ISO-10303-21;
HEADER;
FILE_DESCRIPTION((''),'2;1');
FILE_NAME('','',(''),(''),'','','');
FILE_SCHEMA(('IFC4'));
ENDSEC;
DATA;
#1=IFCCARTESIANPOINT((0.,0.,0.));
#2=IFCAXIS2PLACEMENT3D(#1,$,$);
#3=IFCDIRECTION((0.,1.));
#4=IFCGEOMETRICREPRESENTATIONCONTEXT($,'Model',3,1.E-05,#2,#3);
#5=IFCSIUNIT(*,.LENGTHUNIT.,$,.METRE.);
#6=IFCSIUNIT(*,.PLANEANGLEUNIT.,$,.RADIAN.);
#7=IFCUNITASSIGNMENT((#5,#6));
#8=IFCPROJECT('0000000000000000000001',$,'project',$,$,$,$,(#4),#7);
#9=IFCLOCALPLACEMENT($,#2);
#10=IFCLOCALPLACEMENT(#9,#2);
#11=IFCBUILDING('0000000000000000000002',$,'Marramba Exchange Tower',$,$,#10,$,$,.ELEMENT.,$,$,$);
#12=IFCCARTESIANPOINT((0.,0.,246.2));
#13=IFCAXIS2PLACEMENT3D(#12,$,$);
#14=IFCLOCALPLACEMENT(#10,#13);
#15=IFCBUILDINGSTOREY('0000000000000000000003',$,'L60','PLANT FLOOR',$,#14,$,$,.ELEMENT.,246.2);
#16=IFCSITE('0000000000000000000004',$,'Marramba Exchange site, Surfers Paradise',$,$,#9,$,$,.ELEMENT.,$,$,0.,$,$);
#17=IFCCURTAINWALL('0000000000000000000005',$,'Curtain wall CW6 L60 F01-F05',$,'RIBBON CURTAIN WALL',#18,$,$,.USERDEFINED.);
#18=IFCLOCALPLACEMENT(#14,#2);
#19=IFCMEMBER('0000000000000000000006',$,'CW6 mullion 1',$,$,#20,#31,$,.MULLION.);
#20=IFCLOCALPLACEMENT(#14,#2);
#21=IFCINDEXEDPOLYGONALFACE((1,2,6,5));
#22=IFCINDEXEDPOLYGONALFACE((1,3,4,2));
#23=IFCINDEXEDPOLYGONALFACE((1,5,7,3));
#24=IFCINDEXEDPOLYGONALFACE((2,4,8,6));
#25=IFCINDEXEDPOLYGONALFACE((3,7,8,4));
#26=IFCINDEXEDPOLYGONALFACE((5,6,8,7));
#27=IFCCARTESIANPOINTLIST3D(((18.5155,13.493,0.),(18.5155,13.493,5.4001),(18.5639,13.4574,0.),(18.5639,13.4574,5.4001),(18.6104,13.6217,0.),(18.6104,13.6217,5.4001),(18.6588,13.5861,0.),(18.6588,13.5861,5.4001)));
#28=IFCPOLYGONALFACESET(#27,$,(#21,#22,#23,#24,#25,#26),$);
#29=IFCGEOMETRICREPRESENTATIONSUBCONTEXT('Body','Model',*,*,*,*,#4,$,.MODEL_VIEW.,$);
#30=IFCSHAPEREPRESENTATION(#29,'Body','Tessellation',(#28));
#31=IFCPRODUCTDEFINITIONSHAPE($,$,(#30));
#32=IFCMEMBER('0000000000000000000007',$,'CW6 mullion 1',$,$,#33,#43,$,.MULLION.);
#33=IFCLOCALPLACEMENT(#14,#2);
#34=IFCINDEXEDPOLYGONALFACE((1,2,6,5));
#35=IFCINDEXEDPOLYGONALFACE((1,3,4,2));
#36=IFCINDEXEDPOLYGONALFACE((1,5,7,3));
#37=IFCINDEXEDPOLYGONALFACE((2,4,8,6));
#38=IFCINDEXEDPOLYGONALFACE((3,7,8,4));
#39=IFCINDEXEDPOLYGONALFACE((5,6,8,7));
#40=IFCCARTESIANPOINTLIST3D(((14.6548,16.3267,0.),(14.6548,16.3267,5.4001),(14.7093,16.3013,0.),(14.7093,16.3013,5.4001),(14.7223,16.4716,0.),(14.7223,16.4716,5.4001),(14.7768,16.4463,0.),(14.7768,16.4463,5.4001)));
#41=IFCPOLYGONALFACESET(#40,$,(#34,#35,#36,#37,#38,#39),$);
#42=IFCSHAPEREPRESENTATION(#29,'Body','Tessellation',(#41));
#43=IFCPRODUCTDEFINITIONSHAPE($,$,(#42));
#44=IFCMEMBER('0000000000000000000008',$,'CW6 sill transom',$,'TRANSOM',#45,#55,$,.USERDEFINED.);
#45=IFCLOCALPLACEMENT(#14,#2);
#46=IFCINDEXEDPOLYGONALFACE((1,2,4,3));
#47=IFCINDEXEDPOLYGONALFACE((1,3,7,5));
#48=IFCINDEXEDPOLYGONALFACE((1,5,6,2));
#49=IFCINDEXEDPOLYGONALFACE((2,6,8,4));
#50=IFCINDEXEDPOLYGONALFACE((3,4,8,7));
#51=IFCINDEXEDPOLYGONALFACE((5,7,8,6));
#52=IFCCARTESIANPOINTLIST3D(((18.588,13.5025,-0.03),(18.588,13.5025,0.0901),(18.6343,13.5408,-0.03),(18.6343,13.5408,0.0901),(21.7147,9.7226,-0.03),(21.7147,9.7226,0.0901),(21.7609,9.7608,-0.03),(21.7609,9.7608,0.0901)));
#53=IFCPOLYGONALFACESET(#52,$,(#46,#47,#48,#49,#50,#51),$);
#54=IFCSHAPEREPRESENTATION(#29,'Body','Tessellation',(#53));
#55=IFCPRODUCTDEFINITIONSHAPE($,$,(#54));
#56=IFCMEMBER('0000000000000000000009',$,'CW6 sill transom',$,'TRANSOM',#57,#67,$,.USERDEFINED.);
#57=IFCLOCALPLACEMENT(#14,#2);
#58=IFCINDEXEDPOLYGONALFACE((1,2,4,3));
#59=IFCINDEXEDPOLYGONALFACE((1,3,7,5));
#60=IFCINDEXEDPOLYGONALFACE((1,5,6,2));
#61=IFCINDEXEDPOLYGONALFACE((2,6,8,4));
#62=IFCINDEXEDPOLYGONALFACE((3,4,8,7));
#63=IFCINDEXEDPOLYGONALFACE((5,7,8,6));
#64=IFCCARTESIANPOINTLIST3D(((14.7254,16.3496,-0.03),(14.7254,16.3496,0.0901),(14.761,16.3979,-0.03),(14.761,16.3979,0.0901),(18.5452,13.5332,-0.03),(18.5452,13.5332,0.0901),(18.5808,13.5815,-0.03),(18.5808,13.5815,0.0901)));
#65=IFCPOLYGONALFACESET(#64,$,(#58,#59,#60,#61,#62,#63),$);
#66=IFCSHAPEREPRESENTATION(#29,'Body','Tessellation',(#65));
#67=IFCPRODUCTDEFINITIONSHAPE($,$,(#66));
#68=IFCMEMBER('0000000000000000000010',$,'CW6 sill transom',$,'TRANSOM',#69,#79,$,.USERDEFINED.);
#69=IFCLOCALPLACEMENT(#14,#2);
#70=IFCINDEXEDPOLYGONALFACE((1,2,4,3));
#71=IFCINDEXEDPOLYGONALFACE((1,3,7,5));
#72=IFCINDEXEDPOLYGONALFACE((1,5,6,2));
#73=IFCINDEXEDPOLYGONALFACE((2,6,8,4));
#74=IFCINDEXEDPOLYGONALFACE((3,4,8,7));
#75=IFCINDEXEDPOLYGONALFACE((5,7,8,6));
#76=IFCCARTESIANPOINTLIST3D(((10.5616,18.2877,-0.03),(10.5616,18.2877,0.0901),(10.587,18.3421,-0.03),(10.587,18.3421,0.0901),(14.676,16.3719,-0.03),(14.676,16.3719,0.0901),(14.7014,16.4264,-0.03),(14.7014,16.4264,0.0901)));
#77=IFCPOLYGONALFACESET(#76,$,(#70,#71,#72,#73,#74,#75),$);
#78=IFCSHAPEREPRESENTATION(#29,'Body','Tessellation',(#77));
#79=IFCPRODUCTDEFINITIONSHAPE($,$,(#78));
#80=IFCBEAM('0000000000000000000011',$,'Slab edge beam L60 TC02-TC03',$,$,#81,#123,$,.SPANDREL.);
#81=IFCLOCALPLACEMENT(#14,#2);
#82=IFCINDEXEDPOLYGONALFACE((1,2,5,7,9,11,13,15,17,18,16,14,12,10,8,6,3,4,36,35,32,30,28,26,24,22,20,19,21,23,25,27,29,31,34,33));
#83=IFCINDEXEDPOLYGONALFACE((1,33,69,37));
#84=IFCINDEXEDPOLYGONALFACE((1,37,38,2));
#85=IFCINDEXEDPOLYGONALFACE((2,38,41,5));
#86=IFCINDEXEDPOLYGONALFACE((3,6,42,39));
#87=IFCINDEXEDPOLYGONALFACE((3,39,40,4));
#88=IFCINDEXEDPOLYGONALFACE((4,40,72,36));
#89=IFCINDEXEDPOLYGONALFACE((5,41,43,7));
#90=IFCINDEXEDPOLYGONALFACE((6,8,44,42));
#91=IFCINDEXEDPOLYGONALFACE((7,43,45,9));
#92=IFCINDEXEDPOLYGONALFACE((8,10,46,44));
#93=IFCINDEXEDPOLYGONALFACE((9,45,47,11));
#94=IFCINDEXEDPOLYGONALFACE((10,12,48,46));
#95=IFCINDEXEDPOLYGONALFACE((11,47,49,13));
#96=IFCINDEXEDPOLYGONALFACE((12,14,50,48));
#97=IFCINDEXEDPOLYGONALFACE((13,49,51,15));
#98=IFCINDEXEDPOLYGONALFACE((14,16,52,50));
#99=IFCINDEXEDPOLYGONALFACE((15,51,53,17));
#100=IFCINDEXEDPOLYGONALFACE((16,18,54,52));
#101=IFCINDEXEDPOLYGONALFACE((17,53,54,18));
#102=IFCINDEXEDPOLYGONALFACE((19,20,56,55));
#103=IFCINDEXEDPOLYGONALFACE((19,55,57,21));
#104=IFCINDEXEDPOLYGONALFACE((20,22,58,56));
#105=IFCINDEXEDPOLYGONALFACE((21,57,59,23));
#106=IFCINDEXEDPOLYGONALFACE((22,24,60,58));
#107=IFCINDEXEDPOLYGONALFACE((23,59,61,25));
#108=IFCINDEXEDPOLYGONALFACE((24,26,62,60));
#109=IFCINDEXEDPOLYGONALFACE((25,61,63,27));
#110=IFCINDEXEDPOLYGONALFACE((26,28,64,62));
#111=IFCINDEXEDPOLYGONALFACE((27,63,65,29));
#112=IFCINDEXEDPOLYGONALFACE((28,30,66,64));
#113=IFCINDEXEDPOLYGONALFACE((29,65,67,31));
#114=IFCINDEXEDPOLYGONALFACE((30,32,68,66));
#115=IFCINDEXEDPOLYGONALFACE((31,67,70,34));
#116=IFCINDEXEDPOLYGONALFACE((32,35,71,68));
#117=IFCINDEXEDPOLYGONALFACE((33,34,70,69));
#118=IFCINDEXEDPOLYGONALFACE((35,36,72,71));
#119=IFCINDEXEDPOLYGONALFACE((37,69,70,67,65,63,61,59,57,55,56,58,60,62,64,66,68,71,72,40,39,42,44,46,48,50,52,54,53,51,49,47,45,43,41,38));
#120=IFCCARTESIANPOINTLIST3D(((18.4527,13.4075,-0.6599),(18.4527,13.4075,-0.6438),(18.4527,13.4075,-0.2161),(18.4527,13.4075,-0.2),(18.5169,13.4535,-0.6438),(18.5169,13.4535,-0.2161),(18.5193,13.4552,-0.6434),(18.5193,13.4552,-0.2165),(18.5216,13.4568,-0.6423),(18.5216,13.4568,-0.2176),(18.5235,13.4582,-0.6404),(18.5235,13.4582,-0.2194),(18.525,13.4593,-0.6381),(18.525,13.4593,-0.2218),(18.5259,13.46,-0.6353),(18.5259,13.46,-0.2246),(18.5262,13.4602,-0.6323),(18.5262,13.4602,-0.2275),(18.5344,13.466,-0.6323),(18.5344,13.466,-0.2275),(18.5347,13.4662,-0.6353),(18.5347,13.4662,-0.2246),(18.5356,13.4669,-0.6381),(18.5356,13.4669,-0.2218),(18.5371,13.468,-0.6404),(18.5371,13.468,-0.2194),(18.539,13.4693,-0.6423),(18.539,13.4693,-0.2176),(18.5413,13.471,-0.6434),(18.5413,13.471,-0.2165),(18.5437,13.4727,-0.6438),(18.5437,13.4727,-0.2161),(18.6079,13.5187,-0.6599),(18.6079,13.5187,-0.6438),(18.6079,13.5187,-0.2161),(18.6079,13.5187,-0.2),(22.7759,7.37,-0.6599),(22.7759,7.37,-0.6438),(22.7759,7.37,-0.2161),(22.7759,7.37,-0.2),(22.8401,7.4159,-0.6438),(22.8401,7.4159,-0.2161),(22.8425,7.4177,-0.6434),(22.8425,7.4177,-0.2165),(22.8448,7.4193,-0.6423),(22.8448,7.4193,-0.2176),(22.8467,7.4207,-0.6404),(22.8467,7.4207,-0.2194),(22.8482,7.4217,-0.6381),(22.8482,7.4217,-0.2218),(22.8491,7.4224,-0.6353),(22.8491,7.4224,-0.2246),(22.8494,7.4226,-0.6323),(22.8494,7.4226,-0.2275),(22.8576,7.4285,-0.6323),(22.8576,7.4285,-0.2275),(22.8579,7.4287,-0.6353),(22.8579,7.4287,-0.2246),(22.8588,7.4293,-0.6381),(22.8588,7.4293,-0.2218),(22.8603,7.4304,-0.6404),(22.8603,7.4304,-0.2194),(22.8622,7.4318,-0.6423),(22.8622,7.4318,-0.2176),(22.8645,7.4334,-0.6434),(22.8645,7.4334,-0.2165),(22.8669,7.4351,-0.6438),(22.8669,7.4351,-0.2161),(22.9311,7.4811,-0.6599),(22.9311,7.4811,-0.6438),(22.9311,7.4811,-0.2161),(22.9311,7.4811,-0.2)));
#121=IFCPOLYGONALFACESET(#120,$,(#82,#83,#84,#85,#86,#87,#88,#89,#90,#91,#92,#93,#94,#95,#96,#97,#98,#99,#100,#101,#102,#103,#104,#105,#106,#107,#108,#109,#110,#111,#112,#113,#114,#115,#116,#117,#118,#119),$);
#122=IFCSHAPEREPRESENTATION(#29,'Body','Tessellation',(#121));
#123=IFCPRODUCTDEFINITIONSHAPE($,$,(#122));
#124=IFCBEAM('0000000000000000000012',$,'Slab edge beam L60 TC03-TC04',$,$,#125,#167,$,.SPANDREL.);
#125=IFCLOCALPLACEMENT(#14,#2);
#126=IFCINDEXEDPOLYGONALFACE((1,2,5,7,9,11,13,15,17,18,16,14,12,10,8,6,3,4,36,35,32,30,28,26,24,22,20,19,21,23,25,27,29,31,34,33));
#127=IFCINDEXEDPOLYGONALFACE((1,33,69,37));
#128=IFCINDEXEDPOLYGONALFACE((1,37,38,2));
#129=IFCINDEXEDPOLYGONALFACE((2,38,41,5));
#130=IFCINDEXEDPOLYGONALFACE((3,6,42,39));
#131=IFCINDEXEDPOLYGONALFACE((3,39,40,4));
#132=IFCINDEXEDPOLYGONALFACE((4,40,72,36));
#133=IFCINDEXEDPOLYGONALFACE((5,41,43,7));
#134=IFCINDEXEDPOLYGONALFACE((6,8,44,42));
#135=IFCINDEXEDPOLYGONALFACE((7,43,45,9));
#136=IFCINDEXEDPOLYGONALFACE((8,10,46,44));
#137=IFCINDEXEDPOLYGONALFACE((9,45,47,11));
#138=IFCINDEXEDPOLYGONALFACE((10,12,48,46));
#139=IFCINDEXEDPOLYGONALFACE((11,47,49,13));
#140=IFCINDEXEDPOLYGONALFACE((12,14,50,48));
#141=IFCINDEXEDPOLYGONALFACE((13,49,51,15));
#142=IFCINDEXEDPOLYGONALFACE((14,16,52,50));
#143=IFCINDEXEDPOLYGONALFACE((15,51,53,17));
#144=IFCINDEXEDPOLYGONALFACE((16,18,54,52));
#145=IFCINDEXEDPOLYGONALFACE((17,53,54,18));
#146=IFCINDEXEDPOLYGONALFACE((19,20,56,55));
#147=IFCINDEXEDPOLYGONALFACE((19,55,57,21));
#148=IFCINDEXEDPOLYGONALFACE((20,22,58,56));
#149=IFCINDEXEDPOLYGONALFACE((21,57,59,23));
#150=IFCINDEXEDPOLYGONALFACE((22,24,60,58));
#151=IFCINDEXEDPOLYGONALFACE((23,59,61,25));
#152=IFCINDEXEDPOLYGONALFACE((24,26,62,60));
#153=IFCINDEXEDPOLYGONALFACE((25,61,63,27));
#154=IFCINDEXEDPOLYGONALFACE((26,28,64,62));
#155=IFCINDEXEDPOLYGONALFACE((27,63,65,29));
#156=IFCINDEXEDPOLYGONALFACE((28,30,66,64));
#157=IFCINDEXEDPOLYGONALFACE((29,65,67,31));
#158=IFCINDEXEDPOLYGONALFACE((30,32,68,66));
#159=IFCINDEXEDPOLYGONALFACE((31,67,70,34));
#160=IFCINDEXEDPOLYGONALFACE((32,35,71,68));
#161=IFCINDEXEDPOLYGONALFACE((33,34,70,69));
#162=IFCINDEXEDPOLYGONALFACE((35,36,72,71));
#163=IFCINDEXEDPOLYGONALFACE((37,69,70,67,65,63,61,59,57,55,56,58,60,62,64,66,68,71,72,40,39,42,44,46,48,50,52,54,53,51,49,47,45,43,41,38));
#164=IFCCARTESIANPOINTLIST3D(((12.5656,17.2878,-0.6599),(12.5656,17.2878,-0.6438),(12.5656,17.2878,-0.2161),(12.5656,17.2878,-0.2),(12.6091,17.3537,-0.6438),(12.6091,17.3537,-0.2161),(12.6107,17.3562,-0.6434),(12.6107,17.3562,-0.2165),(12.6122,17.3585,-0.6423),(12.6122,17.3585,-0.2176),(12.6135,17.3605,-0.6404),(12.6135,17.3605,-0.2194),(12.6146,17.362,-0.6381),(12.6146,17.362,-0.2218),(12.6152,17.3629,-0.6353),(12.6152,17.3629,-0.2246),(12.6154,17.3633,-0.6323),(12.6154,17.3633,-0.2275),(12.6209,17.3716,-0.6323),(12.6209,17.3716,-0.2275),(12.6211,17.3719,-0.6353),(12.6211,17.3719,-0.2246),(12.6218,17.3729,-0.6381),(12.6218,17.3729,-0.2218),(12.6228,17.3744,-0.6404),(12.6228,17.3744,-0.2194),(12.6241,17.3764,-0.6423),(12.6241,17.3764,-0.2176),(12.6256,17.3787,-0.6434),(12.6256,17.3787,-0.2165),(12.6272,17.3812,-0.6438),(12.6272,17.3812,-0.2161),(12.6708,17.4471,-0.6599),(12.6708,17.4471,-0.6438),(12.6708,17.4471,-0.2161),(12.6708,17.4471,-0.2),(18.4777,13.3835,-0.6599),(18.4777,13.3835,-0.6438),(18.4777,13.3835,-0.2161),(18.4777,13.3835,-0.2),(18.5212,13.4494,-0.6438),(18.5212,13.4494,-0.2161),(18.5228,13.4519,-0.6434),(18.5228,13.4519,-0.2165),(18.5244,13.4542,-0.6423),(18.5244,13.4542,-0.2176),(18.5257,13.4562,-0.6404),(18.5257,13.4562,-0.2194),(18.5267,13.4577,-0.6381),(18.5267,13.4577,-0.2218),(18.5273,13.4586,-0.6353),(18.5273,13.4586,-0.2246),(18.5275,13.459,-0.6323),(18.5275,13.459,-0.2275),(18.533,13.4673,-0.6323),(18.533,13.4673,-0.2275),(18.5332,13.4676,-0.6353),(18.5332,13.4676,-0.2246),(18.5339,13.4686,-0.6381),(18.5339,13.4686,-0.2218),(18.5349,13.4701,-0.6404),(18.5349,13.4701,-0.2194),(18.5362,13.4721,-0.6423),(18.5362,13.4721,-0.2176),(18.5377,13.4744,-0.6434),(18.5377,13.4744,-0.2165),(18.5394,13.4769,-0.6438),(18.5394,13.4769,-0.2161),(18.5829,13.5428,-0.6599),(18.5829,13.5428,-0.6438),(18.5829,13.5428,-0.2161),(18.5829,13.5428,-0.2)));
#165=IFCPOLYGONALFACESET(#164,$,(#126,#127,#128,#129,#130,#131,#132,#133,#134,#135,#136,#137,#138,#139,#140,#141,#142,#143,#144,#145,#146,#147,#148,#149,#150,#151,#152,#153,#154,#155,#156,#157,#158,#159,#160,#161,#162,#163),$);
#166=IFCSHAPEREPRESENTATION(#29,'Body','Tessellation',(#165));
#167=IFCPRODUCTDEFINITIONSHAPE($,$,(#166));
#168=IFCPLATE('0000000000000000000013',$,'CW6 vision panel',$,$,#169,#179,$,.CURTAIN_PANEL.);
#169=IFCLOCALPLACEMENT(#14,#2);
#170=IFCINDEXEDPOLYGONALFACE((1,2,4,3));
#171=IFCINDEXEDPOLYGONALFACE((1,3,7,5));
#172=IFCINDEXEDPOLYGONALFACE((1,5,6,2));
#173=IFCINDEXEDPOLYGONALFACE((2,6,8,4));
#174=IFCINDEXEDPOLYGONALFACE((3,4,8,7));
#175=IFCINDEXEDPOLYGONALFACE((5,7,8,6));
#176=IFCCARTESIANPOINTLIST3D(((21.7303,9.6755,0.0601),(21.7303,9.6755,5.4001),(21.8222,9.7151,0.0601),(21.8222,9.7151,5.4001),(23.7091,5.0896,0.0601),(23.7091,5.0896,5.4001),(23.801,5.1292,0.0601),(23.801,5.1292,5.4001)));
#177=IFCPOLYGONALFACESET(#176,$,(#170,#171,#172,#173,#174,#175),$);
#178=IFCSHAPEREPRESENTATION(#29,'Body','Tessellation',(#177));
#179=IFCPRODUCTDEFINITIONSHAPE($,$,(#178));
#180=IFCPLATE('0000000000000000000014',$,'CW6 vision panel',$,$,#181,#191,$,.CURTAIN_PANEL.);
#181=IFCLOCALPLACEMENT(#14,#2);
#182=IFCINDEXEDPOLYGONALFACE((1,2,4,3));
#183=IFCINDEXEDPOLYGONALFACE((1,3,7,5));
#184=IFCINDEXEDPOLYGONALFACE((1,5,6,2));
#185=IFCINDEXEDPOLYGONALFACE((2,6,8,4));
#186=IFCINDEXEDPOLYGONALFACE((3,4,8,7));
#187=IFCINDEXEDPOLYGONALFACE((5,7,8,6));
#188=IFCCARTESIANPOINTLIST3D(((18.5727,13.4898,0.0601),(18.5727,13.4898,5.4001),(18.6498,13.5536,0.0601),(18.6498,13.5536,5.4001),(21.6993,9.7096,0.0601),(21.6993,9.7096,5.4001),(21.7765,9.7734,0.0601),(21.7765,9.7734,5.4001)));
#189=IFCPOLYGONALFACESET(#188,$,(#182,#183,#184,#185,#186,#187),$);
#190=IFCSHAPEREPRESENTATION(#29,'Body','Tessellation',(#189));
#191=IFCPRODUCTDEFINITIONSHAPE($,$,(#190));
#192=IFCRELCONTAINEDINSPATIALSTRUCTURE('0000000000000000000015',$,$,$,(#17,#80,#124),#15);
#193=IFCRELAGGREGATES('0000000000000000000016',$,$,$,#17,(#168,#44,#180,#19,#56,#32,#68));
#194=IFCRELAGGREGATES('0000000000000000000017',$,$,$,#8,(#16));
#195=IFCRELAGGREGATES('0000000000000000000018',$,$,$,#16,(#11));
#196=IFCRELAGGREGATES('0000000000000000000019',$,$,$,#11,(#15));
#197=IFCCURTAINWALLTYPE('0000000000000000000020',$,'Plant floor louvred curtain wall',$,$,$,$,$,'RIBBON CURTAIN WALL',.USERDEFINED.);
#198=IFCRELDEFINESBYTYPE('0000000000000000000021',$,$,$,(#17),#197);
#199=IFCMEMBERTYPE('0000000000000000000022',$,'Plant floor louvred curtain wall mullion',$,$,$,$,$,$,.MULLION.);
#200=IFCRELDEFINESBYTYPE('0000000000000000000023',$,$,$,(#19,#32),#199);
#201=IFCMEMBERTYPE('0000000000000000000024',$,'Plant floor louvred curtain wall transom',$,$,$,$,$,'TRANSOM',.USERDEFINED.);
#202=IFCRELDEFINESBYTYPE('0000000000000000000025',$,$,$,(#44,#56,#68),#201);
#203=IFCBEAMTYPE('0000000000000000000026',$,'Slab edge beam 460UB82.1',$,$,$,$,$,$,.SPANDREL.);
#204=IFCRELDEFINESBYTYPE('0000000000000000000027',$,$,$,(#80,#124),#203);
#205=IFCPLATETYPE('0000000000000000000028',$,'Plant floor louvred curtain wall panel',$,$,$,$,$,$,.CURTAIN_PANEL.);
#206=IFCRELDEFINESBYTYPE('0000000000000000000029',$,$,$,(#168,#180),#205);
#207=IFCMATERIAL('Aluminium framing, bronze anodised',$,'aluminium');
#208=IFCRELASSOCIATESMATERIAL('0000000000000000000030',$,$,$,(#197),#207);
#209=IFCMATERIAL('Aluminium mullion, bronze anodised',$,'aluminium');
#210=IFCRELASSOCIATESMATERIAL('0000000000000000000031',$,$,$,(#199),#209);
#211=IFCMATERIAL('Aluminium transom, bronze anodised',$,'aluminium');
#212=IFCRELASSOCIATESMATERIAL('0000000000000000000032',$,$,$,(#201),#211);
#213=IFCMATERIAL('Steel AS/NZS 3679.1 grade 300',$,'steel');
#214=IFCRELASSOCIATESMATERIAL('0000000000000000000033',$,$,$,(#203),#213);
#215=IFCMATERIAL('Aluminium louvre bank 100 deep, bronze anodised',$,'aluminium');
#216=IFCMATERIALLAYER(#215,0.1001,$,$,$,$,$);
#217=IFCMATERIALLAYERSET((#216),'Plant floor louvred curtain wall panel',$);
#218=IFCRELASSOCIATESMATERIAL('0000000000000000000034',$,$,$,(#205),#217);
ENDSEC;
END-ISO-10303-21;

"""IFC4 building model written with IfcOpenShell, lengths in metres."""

from ifc_helpers import new_model, si_unit, direction, frame, origin, origin_2d, place, context, subcontext, project, spatial, rectangle, i_section, extrude, material, layer, layer_set, material_profile, profile_set, type_object, element, aggregate, save


model = new_model("IFC4")

# Units and contexts
model_context = context("Model", 3, precision=1e-05, world=origin(), true_north=direction((0.0, 1.0)))
body_context = subcontext(model_context, "Body", "Model", "MODEL_VIEW")
ifc_project = project(units=[si_unit("LENGTHUNIT", "METRE"), si_unit("PLANEANGLEUNIT", "RADIAN")], contexts=[model_context])

# Site, building, storey
site_placement = place(None, origin())
site = spatial("IfcSite", under=ifc_project, at=site_placement, Name="Marramba Exchange site, Surfers Paradise", CompositionType="ELEMENT", RefElevation=0.0)
building_placement = place(site_placement, origin())
building = spatial("IfcBuilding", under=site, at=building_placement, Name="Marramba Exchange Tower", CompositionType="ELEMENT")
storey_placement = place(building_placement, frame((0.0, 0.0, 246.2)))
storey = spatial("IfcBuildingStorey", under=building, at=storey_placement, Name="L60", Description="PLANT FLOOR", CompositionType="ELEMENT", Elevation=246.2)

# Shared definitions
ifc_material_1 = material(Name="Steel AS/NZS 3679.1 grade 300", Category="steel")

# Curtain wall, members
ifc_material_2 = material(Name="Aluminium framing, bronze anodised", Category="aluminium")
curtain_wall_type = type_object("IfcCurtainWallType", Name="Plant floor louvred curtain wall", ElementType="RIBBON CURTAIN WALL", PredefinedType="USERDEFINED", material=ifc_material_2)
curtain_wall_placement = place(storey_placement, origin())
curtain_wall = element("IfcCurtainWall", 1, at=curtain_wall_placement, inside=storey, type_object=curtain_wall_type, Name="Curtain wall CW6 L60 F01-F05", ObjectType="RIBBON CURTAIN WALL", PredefinedType="USERDEFINED")
ifc_material_3 = material(Name="Aluminium mullion, bronze anodised", Category="aluminium")
ifc_material_profile_1 = material_profile(ifc_material_3, rectangle(XDim=0.1599, YDim=0.0601, at=origin_2d()), Name="CW6 mullion 60x160")
ifc_profile_set_1 = profile_set([ifc_material_profile_1], Name="Aluminium mullion, bronze anodised")
member_type_1 = type_object("IfcMemberType", Name="Plant floor louvred curtain wall mullion", PredefinedType="MULLION", material=ifc_profile_set_1)
member_1_placement = place(storey_placement, frame((18.5872, 13.5396, 0.0), z_axis=(0.0, 0.0, 1.0), x_axis=(-0.593441, -0.804877, 0.0)))
member_1 = element("IfcMember", 2, at=member_1_placement, type_object=member_type_1, Name="CW6 mullion 1", PredefinedType="MULLION", context=body_context, shape_type="SweptSolid", body=[
    extrude(rectangle(XDim=0.1599, YDim=0.0601, at=origin_2d()), origin(), (0.0, 0.0, 1.0), 5.4001),
])
member_2_placement = place(storey_placement, frame((14.7158, 16.3865, 0.0), z_axis=(0.0, 0.0, 1.0), x_axis=(-0.422133, -0.906534, 0.0)))
member_2 = element("IfcMember", 3, at=member_2_placement, type_object=member_type_1, Name="CW6 mullion 1", PredefinedType="MULLION", context=body_context, shape_type="SweptSolid", body=[
    extrude(rectangle(XDim=0.1599, YDim=0.0601, at=origin_2d()), origin(), (0.0, 0.0, 1.0), 5.4001),
])
ifc_material_4 = material(Name="Aluminium transom, bronze anodised", Category="aluminium")
ifc_material_profile_2 = material_profile(ifc_material_4, rectangle(XDim=0.0601, YDim=0.1201, at=origin_2d()), Name="CW6 transom 60x120")
ifc_profile_set_2 = profile_set([ifc_material_profile_2], Name="Aluminium transom, bronze anodised")
member_type_2 = type_object("IfcMemberType", Name="Plant floor louvred curtain wall transom", ElementType="TRANSOM", PredefinedType="USERDEFINED", material=ifc_profile_set_2)
member_3_placement = place(storey_placement, frame((21.7378, 9.7417, 0.03), z_axis=(-0.637375, 0.770554, 0.0), x_axis=(-0.770554, -0.637375, 0.0)))
member_3 = element("IfcMember", 4, at=member_3_placement, type_object=member_type_2, Name="CW6 sill transom", ObjectType="TRANSOM", PredefinedType="USERDEFINED", context=body_context, shape_type="SweptSolid", body=[
    extrude(rectangle(XDim=0.0601, YDim=0.1201, at=origin_2d()), origin(), (0.0, 0.0, 1.0), 4.9055),
])
member_4_placement = place(storey_placement, frame((18.563, 13.5574, 0.03), z_axis=(-0.804875, 0.593445, 0.0), x_axis=(-0.593445, -0.804875, 0.0)))
member_4 = element("IfcMember", 5, at=member_4_placement, type_object=member_type_2, Name="CW6 sill transom", ObjectType="TRANSOM", PredefinedType="USERDEFINED", context=body_context, shape_type="SweptSolid", body=[
    extrude(rectangle(XDim=0.0601, YDim=0.1201, at=origin_2d()), origin(), (0.0, 0.0, 1.0), 4.7458),
])
member_5_placement = place(storey_placement, frame((14.6887, 16.3992, 0.03), z_axis=(-0.906548, 0.422102, 0.0), x_axis=(-0.422102, -0.906548, 0.0)))
member_5 = element("IfcMember", 6, at=member_5_placement, type_object=member_type_2, Name="CW6 sill transom", ObjectType="TRANSOM", PredefinedType="USERDEFINED", context=body_context, shape_type="SweptSolid", body=[
    extrude(rectangle(XDim=0.0601, YDim=0.1201, at=origin_2d()), origin(), (0.0, 0.0, 1.0), 4.5386),
])

# Beams
ifc_material_profile_3 = material_profile(ifc_material_1, i_section(OverallWidth=0.1909, OverallDepth=0.46, WebThickness=0.01, FlangeThickness=0.0161, FilletRadius=0.0115, at=origin_2d()), Name="460UB82.1")
ifc_profile_set_3 = profile_set([ifc_material_profile_3], Name="Steel AS/NZS 3679.1 grade 300")
beam_type_1 = type_object("IfcBeamType", Name="Slab edge beam 460UB82.1", PredefinedType="SPANDREL", material=ifc_profile_set_3)
beam_1_placement = place(storey_placement, frame((22.8535, 7.4255, -0.4299), z_axis=(-0.582189, 0.813053, 0.0), x_axis=(-0.813053, -0.582189, 0.0)))
element("IfcBeam", 7, at=beam_1_placement, inside=storey, type_object=beam_type_1, Name="Slab edge beam L60 TC02-TC03", PredefinedType="SPANDREL", context=body_context, shape_type="SweptSolid", body=[
    extrude(i_section(OverallWidth=0.1909, OverallDepth=0.46, WebThickness=0.01, FlangeThickness=0.0161, FilletRadius=0.0115, at=origin_2d()), origin(), (0.0, 0.0, 1.0), 7.4258),
])
beam_2_placement = place(storey_placement, frame((18.5303, 13.4631, -0.4299), z_axis=(-0.83446, 0.551069, 0.0), x_axis=(-0.551069, -0.83446, 0.0)))
element("IfcBeam", 8, at=beam_2_placement, inside=storey, type_object=beam_type_1, Name="Slab edge beam L60 TC03-TC04", PredefinedType="SPANDREL", context=body_context, shape_type="SweptSolid", body=[
    extrude(i_section(OverallWidth=0.1909, OverallDepth=0.46, WebThickness=0.01, FlangeThickness=0.0161, FilletRadius=0.0115, at=origin_2d()), origin(), (0.0, 0.0, 1.0), 7.085),
])

# Plates
ifc_material_5 = material(Name="Aluminium louvre bank 100 deep, bronze anodised", Category="aluminium")
ifc_layer_1 = layer(ifc_material_5, 0.1001)
ifc_layer_set_1 = layer_set([ifc_layer_1], Name="Plant floor louvred curtain wall panel")
plate_type = type_object("IfcPlateType", Name="Plant floor louvred curtain wall panel", PredefinedType="CURTAIN_PANEL", material=ifc_layer_set_1)
plate_1_placement = place(storey_placement, frame((22.7656, 7.4023, 0.0601), z_axis=(0.0, 0.0, 1.0), x_axis=(-0.396193, 0.918167, 0.0)))
plate_1 = element("IfcPlate", 9, at=plate_1_placement, type_object=plate_type, Name="CW6 vision panel", PredefinedType="CURTAIN_PANEL", context=body_context, shape_type="SweptSolid", body=[
    extrude(rectangle(XDim=4.9946, YDim=0.1001, at=origin_2d()), origin(), (0.0, 0.0, 1.0), 5.3401),
])
plate_2_placement = place(storey_placement, frame((20.1746, 11.6316, 0.0601), z_axis=(0.0, 0.0, 1.0), x_axis=(-0.63735, 0.770574, 0.0)))
plate_2 = element("IfcPlate", 10, at=plate_2_placement, type_object=plate_type, Name="CW6 vision panel", PredefinedType="CURTAIN_PANEL", context=body_context, shape_type="SweptSolid", body=[
    extrude(rectangle(XDim=4.9058, YDim=0.1001, at=origin_2d()), origin(), (0.0, 0.0, 1.0), 5.3401),
])
aggregate(curtain_wall, [plate_1, member_3, plate_2, member_1, member_4, member_2, member_5])

save(model, "model.ifc")
